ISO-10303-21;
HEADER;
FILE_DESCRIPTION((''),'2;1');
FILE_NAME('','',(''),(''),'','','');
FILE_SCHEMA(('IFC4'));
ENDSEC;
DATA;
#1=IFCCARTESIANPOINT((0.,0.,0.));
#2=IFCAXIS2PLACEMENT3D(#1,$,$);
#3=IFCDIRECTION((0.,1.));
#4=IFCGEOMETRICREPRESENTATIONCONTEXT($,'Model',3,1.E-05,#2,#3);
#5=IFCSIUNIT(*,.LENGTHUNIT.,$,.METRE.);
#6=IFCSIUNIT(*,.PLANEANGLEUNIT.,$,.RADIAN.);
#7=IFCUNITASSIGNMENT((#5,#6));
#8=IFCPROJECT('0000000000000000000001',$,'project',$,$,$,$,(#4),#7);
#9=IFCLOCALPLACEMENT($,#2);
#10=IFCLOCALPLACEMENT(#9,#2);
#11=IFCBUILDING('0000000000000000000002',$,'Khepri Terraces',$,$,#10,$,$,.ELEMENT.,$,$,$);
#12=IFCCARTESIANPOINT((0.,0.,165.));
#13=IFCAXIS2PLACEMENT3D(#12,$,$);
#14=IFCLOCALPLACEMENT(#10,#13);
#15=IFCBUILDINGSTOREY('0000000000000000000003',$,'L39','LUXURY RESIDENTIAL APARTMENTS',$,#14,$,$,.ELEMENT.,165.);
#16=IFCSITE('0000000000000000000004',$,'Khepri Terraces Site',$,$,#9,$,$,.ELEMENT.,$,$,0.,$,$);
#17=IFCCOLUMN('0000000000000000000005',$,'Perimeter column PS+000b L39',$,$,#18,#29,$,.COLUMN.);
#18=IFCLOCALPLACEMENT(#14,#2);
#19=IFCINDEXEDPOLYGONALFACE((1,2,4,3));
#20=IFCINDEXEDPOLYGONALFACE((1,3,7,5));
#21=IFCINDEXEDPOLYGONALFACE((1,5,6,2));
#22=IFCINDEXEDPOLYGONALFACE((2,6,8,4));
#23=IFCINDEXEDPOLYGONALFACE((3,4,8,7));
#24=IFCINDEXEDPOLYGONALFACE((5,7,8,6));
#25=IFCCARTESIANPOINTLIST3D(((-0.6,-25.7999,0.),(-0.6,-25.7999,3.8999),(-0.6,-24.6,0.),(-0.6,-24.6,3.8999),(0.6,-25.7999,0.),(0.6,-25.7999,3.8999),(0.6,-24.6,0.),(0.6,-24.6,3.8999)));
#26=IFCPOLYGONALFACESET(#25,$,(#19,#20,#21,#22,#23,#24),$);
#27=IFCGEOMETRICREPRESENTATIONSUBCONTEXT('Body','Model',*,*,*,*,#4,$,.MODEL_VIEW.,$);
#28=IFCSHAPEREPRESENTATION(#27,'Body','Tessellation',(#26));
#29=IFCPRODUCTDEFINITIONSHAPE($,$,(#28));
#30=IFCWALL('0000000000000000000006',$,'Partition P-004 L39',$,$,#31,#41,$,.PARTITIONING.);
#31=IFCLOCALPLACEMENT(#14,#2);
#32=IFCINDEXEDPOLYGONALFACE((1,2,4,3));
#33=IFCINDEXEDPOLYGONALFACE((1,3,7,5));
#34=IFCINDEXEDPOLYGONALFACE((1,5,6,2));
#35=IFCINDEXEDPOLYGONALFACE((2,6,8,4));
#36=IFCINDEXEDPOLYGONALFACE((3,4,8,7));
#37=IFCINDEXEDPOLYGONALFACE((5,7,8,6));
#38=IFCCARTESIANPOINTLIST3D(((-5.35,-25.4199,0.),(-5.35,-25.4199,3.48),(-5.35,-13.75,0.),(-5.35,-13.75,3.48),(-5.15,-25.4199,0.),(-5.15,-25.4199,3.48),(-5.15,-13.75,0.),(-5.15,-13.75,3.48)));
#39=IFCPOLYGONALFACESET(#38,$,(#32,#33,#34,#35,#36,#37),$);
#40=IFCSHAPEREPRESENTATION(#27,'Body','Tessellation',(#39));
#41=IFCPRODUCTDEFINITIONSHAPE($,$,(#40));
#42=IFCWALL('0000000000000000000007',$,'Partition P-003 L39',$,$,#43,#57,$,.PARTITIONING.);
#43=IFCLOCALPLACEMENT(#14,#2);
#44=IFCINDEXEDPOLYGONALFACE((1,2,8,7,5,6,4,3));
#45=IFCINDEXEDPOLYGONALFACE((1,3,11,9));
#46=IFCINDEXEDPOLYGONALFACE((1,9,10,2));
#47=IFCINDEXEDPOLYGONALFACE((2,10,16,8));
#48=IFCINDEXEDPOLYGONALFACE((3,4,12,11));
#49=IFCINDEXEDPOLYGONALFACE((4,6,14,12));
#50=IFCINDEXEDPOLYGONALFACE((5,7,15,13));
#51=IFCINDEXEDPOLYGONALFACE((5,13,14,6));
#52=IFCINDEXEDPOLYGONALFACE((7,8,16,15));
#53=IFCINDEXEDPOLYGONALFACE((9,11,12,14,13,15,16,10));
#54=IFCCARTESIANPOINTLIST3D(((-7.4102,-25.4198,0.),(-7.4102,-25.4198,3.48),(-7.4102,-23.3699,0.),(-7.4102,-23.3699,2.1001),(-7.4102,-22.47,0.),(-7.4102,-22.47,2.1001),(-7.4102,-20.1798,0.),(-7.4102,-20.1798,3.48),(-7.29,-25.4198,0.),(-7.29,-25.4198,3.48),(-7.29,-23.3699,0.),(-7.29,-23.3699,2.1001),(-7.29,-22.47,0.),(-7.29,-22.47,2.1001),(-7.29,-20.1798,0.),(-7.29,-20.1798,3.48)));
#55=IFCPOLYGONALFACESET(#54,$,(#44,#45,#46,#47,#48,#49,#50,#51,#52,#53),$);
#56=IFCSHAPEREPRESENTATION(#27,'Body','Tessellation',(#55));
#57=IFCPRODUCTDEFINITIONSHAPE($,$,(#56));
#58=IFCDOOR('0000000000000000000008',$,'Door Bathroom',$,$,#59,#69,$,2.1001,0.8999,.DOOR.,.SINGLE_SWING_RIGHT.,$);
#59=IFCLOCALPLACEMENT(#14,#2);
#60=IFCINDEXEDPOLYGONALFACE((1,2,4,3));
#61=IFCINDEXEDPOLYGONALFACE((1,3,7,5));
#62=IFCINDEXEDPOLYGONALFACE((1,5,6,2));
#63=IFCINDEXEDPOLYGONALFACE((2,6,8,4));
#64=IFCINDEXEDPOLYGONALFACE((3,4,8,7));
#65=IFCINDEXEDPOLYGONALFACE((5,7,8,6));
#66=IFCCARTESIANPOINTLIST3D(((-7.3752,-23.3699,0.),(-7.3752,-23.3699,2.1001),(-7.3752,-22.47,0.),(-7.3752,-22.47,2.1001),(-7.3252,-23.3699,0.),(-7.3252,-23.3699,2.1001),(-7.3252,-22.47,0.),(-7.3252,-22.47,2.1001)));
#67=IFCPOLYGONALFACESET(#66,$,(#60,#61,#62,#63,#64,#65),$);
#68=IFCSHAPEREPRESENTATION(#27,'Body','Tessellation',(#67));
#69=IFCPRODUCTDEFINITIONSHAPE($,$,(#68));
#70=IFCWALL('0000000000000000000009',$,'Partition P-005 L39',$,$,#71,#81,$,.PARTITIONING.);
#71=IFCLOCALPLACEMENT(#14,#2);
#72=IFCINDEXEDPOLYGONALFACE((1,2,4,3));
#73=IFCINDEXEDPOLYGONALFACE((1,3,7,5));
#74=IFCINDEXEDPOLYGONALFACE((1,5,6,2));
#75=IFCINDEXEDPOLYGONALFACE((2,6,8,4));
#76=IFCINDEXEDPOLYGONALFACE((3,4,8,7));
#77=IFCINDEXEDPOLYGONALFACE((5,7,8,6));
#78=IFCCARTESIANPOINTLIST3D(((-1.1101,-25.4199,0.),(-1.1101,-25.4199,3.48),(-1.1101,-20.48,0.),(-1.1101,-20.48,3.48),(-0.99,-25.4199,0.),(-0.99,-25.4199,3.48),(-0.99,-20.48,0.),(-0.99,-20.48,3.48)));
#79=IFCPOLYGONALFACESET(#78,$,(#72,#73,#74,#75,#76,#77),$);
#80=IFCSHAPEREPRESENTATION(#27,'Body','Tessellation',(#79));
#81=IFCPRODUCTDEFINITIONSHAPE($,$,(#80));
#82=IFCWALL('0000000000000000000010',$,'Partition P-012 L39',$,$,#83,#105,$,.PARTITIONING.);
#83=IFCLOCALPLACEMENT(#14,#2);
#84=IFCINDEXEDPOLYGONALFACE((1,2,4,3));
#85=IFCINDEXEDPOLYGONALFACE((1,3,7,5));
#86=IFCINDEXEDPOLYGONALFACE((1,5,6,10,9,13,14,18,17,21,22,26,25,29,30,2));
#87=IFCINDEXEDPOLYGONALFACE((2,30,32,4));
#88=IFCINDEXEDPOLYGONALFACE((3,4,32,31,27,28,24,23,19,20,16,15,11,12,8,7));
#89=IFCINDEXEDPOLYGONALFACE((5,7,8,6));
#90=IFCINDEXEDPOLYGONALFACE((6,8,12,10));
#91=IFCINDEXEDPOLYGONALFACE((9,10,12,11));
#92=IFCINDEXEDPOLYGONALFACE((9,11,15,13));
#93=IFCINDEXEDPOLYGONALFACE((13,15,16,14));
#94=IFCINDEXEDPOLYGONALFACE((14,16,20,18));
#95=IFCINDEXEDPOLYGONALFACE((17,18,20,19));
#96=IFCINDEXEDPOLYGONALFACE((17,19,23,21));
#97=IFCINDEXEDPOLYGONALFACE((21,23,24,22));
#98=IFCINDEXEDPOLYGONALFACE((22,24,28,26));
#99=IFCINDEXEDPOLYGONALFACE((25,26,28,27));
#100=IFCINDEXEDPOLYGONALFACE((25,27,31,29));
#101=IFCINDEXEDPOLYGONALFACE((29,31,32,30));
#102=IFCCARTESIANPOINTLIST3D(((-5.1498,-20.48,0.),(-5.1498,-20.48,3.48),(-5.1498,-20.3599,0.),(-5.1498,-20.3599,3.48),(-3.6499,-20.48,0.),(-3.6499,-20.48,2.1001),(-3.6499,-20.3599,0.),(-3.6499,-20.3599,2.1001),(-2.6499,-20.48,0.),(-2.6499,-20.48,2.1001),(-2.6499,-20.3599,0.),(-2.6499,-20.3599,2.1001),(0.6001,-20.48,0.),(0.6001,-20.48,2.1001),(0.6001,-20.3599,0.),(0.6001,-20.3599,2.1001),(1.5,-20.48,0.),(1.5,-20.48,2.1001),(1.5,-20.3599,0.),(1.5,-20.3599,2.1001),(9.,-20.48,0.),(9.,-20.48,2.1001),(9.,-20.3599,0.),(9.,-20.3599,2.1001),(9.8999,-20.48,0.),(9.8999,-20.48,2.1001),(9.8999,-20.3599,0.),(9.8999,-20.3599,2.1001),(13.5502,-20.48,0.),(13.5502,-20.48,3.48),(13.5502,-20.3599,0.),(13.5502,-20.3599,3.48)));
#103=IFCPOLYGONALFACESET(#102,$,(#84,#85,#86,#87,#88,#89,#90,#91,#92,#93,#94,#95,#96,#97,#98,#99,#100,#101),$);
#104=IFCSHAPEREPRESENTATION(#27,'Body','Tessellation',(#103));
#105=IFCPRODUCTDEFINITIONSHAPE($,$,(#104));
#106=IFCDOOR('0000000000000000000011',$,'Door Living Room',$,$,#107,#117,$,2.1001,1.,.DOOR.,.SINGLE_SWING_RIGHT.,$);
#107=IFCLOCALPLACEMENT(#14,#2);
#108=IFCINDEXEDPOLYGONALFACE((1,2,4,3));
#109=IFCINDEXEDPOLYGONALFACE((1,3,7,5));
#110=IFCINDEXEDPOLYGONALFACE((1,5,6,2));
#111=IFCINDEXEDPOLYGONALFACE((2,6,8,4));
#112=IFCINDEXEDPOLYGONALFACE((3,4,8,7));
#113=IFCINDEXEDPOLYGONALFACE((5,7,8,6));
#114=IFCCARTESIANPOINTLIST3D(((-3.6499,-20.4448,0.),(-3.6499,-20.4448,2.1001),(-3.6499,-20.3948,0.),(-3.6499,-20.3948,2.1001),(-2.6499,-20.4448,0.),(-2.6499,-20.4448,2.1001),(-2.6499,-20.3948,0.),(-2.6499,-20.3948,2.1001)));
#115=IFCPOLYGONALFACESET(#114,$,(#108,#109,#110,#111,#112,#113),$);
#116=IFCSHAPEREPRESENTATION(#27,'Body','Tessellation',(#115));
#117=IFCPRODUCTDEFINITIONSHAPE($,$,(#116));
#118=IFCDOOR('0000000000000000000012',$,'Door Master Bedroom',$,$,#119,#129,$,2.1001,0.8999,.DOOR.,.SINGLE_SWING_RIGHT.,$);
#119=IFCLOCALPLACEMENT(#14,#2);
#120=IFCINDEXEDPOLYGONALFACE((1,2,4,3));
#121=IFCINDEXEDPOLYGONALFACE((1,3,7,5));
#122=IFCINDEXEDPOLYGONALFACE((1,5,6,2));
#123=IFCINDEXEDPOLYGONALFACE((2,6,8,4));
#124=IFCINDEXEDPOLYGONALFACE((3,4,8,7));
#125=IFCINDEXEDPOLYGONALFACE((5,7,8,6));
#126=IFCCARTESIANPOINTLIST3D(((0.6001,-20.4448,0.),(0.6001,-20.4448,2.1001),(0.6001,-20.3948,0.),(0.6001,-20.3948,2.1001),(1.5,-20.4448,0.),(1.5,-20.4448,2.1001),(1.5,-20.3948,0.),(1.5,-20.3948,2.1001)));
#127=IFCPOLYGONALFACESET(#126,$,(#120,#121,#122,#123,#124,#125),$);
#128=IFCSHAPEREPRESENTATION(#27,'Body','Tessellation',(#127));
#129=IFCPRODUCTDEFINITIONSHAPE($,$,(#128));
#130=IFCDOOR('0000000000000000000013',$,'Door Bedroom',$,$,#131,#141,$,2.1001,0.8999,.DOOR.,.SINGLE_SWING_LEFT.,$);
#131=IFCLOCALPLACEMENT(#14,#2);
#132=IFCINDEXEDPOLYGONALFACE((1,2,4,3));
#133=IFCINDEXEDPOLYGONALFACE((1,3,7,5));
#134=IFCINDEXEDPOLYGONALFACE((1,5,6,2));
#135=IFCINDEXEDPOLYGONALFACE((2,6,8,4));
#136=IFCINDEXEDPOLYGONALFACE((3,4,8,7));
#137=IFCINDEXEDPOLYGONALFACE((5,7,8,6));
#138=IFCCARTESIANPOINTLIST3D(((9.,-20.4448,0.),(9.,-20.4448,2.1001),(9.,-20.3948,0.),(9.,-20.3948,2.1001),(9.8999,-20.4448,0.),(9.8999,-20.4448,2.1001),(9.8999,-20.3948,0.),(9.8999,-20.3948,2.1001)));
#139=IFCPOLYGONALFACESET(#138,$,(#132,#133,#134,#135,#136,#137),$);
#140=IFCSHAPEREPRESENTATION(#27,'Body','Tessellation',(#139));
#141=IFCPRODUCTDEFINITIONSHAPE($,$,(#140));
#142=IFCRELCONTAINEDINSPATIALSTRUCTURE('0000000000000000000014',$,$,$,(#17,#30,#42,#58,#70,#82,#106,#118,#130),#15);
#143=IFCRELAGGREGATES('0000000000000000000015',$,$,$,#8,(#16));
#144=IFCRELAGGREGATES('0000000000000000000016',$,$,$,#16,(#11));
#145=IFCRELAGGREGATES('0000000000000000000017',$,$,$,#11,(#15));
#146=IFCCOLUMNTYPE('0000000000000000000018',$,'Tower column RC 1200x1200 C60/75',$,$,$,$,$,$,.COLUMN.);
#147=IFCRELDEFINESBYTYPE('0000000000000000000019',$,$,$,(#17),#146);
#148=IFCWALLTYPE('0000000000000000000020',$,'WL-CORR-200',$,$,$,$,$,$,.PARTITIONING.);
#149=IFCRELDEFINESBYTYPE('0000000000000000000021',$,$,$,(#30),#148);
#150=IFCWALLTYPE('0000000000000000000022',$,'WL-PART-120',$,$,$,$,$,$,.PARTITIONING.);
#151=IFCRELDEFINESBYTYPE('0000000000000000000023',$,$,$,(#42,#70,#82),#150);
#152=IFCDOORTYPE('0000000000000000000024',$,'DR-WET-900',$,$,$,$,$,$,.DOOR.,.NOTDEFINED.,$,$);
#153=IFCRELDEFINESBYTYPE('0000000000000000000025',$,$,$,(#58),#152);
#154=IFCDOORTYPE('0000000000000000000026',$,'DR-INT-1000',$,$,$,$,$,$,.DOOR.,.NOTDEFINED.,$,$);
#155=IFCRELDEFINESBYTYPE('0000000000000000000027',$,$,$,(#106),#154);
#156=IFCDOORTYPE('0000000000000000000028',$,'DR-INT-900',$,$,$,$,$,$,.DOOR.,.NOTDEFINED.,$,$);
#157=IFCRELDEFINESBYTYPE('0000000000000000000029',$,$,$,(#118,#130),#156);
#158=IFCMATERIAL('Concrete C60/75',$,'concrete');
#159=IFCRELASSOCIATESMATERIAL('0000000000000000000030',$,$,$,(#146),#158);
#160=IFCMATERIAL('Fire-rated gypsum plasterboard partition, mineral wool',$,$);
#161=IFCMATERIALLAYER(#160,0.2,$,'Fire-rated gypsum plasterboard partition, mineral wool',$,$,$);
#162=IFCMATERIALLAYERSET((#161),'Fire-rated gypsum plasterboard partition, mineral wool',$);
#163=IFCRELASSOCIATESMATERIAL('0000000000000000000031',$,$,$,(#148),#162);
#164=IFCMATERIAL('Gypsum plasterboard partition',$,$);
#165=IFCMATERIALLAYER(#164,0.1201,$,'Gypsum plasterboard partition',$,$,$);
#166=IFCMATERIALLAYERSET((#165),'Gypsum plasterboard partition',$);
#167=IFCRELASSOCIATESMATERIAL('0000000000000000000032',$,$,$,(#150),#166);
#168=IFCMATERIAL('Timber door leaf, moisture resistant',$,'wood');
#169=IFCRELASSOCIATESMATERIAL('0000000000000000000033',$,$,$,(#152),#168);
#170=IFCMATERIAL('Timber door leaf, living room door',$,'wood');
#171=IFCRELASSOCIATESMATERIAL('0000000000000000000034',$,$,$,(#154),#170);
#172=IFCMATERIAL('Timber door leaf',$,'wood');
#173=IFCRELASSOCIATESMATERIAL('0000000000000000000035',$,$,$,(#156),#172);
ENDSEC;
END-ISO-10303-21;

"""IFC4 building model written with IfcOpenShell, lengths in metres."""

from ifc_helpers import new_model, si_unit, direction, frame, frame_2d, origin, origin_2d, place, context, subcontext, project, spatial, rectangle, extrude, material, layer, layer_set, material_profile, profile_set, type_object, element, fill, save


model = new_model("IFC4")

# Units and contexts
model_context = context("Model", 3, precision=1e-05, world=origin(), true_north=direction((0.0, 1.0)))
body_context = subcontext(model_context, "Body", "Model", "MODEL_VIEW")
ifc_project = project(units=[si_unit("LENGTHUNIT", "METRE"), si_unit("PLANEANGLEUNIT", "RADIAN")], contexts=[model_context])

# Site, building, storey
site_placement = place(None, origin())
site = spatial("IfcSite", under=ifc_project, at=site_placement, Name="Khepri Terraces Site", CompositionType="ELEMENT", RefElevation=0.0)
building_placement = place(site_placement, origin())
building = spatial("IfcBuilding", under=site, at=building_placement, Name="Khepri Terraces", CompositionType="ELEMENT")
storey_placement = place(building_placement, frame((0.0, 0.0, 165.0)))
storey = spatial("IfcBuildingStorey", under=building, at=storey_placement, Name="L39", Description="LUXURY RESIDENTIAL APARTMENTS", CompositionType="ELEMENT", Elevation=165.0)

# Column
ifc_material_1 = material(Name="Concrete C60/75", Category="concrete")
ifc_material_profile = material_profile(ifc_material_1, rectangle(XDim=1.2, YDim=1.2, at=origin_2d()), Name="Concrete C60/75", Category="concrete")
ifc_profile_set = profile_set([ifc_material_profile], Name="Concrete C60/75")
column_type = type_object("IfcColumnType", Name="Tower column RC 1200x1200 C60/75", PredefinedType="COLUMN", material=ifc_profile_set)
column_placement = place(storey_placement, frame((0.0, -25.2, 0.0), z_axis=(0.0, 0.0, 1.0), x_axis=(1.0, 0.0, 0.0)))
element("IfcColumn", 1, at=column_placement, inside=storey, type_object=column_type, Name="Perimeter column PS+000b L39", PredefinedType="COLUMN", context=body_context, shape_type="SweptSolid", body=[
    extrude(rectangle(XDim=1.2, YDim=1.2, at=origin_2d()), origin(), (0.0, 0.0, 1.0), 3.8999),
])

# Wall
ifc_material_2 = material(Name="Fire-rated gypsum plasterboard partition, mineral wool")
ifc_layer_1 = layer(ifc_material_2, 0.2, Name="Fire-rated gypsum plasterboard partition, mineral wool")
ifc_layer_set_1 = layer_set([ifc_layer_1], Name="Fire-rated gypsum plasterboard partition, mineral wool")
wall_type_1 = type_object("IfcWallType", Name="WL-CORR-200", PredefinedType="PARTITIONING", material=ifc_layer_set_1)
wall_1_placement = place(storey_placement, frame((-5.25, -25.4199, 0.0), z_axis=(0.0, 0.0, 1.0), x_axis=(0.0, 1.0, 0.0)))
element("IfcWall", 2, at=wall_1_placement, inside=storey, type_object=wall_type_1, Name="Partition P-004 L39", PredefinedType="PARTITIONING", context=body_context, shape_type="SweptSolid", body=[
    extrude(rectangle(XDim=11.6699, YDim=0.2, at=frame_2d((5.835, 0.0))), origin(), (0.0, 0.0, 1.0), 3.48),
])

# Wall, opening, door
ifc_material_3 = material(Name="Gypsum plasterboard partition")
ifc_layer_2 = layer(ifc_material_3, 0.1201, Name="Gypsum plasterboard partition")
ifc_layer_set_2 = layer_set([ifc_layer_2], Name="Gypsum plasterboard partition")
wall_type_2 = type_object("IfcWallType", Name="WL-PART-120", PredefinedType="PARTITIONING", material=ifc_layer_set_2)
wall_2_placement = place(storey_placement, frame((-7.3501, -25.4199, 0.0), z_axis=(0.0, 0.0, 1.0), x_axis=(0.0, 1.0, 0.0)))
wall_2 = element("IfcWall", 3, at=wall_2_placement, inside=storey, type_object=wall_type_2, Name="Partition P-003 L39", PredefinedType="PARTITIONING", context=body_context, shape_type="SweptSolid", body=[
    extrude(rectangle(XDim=5.24, YDim=0.1201, at=frame_2d((2.6201, 0.0))), origin(), (0.0, 0.0, 1.0), 3.48),
])
opening_1_placement = place(wall_2_placement, frame((2.05, 0.0, 0.0)))
opening_1 = element("IfcOpeningElement", 4, at=opening_1_placement, cuts=wall_2, PredefinedType="OPENING", context=body_context, shape_type="SweptSolid", body=[
    extrude(rectangle(XDim=0.8999, YDim=2.1001, at=frame_2d((0.45, 1.05))), frame((0.0, 0.0701, 0.0), z_axis=(0.0, -1.0, 0.0), x_axis=(1.0, 0.0, 0.0)), (0.0, 0.0, 1.0), 0.1401),
])
ifc_material_4 = material(Name="Timber door leaf, moisture resistant", Category="wood")
door_type_1 = type_object("IfcDoorType", Name="DR-WET-900", OperationType="NOTDEFINED", PredefinedType="DOOR", material=ifc_material_4)
door_1_placement = place(opening_1_placement, frame((0.8999, 0.0, 0.0), z_axis=(0.0, 0.0, 1.0), x_axis=(-1.0, 0.0, 0.0)))
door_1 = element("IfcDoor", 5, at=door_1_placement, inside=storey, type_object=door_type_1, Name="Door Bathroom", OperationType="SINGLE_SWING_RIGHT", OverallHeight=2.1001, OverallWidth=0.8999, PredefinedType="DOOR", context=body_context, shape_type="SweptSolid", body=[
    extrude(rectangle(XDim=0.8999, YDim=2.1001, at=frame_2d((0.45, 1.05))), frame((0.0, 0.0249, 0.0), z_axis=(0.0, -1.0, 0.0), x_axis=(1.0, 0.0, 0.0)), (0.0, 0.0, 1.0), 0.05),
])
fill(opening_1, door_1)

# Wall
wall_3_placement = place(storey_placement, frame((-1.05, -25.4199, 0.0), z_axis=(0.0, 0.0, 1.0), x_axis=(0.0, 1.0, 0.0)))
element("IfcWall", 6, at=wall_3_placement, inside=storey, type_object=wall_type_2, Name="Partition P-005 L39", PredefinedType="PARTITIONING", context=body_context, shape_type="SweptSolid", body=[
    extrude(rectangle(XDim=4.9399, YDim=0.1201, at=frame_2d((2.47, 0.0))), origin(), (0.0, 0.0, 1.0), 3.48),
])

# Wall, openings, doors
wall_4_placement = place(storey_placement, frame((-5.1499, -20.4199, 0.0), z_axis=(0.0, 0.0, 1.0), x_axis=(1.0, 0.0, 0.0)))
wall_4 = element("IfcWall", 7, at=wall_4_placement, inside=storey, type_object=wall_type_2, Name="Partition P-012 L39", PredefinedType="PARTITIONING", context=body_context, shape_type="SweptSolid", body=[
    extrude(rectangle(XDim=18.7, YDim=0.1201, at=frame_2d((9.3501, 0.0))), origin(), (0.0, 0.0, 1.0), 3.48),
])
opening_2_placement = place(wall_4_placement, frame((1.5, 0.0, 0.0)))
opening_2 = element("IfcOpeningElement", 8, at=opening_2_placement, cuts=wall_4, PredefinedType="OPENING", context=body_context, shape_type="SweptSolid", body=[
    extrude(rectangle(XDim=1.0, YDim=2.1001, at=frame_2d((0.5, 1.05))), frame((0.0, 0.0701, 0.0), z_axis=(0.0, -1.0, 0.0), x_axis=(1.0, 0.0, 0.0)), (0.0, 0.0, 1.0), 0.1401),
])
opening_3_placement = place(wall_4_placement, frame((5.75, 0.0, 0.0)))
opening_3 = element("IfcOpeningElement", 9, at=opening_3_placement, cuts=wall_4, PredefinedType="OPENING", context=body_context, shape_type="SweptSolid", body=[
    extrude(rectangle(XDim=0.8999, YDim=2.1001, at=frame_2d((0.45, 1.05))), frame((0.0, 0.0701, 0.0), z_axis=(0.0, -1.0, 0.0), x_axis=(1.0, 0.0, 0.0)), (0.0, 0.0, 1.0), 0.1401),
])
opening_4_placement = place(wall_4_placement, frame((14.1499, 0.0, 0.0)))
opening_4 = element("IfcOpeningElement", 10, at=opening_4_placement, cuts=wall_4, PredefinedType="OPENING", context=body_context, shape_type="SweptSolid", body=[
    extrude(rectangle(XDim=0.8999, YDim=2.1001, at=frame_2d((0.45, 1.05))), frame((0.0, 0.0701, 0.0), z_axis=(0.0, -1.0, 0.0), x_axis=(1.0, 0.0, 0.0)), (0.0, 0.0, 1.0), 0.1401),
])
ifc_material_5 = material(Name="Timber door leaf, living room door", Category="wood")
door_type_2 = type_object("IfcDoorType", Name="DR-INT-1000", OperationType="NOTDEFINED", PredefinedType="DOOR", material=ifc_material_5)
door_2_placement = place(opening_2_placement, frame((1.0, 0.0, 0.0), z_axis=(0.0, 0.0, 1.0), x_axis=(-1.0, 0.0, 0.0)))
door_2 = element("IfcDoor", 11, at=door_2_placement, inside=storey, type_object=door_type_2, Name="Door Living Room", OperationType="SINGLE_SWING_RIGHT", OverallHeight=2.1001, OverallWidth=1.0, PredefinedType="DOOR", context=body_context, shape_type="SweptSolid", body=[
    extrude(rectangle(XDim=1.0, YDim=2.1001, at=frame_2d((0.5, 1.05))), frame((0.0, 0.0249, 0.0), z_axis=(0.0, -1.0, 0.0), x_axis=(1.0, 0.0, 0.0)), (0.0, 0.0, 1.0), 0.05),
])
fill(opening_2, door_2)
ifc_material_6 = material(Name="Timber door leaf", Category="wood")
door_type_3 = type_object("IfcDoorType", Name="DR-INT-900", OperationType="NOTDEFINED", PredefinedType="DOOR", material=ifc_material_6)
door_3_placement = place(opening_3_placement, frame((0.8999, 0.0, 0.0), z_axis=(0.0, 0.0, 1.0), x_axis=(-1.0, 0.0, 0.0)))
door_3 = element("IfcDoor", 12, at=door_3_placement, inside=storey, type_object=door_type_3, Name="Door Master Bedroom", OperationType="SINGLE_SWING_RIGHT", OverallHeight=2.1001, OverallWidth=0.8999, PredefinedType="DOOR", context=body_context, shape_type="SweptSolid", body=[
    extrude(rectangle(XDim=0.8999, YDim=2.1001, at=frame_2d((0.45, 1.05))), frame((0.0, 0.0249, 0.0), z_axis=(0.0, -1.0, 0.0), x_axis=(1.0, 0.0, 0.0)), (0.0, 0.0, 1.0), 0.05),
])
fill(opening_3, door_3)
door_4_placement = place(opening_4_placement, frame((0.8999, 0.0, 0.0), z_axis=(0.0, 0.0, 1.0), x_axis=(-1.0, 0.0, 0.0)))
door_4 = element("IfcDoor", 13, at=door_4_placement, inside=storey, type_object=door_type_3, Name="Door Bedroom", OperationType="SINGLE_SWING_LEFT", OverallHeight=2.1001, OverallWidth=0.8999, PredefinedType="DOOR", context=body_context, shape_type="SweptSolid", body=[
    extrude(rectangle(XDim=0.8999, YDim=2.1001, at=frame_2d((0.45, 1.05))), frame((0.0, 0.0249, 0.0), z_axis=(0.0, -1.0, 0.0), x_axis=(1.0, 0.0, 0.0)), (0.0, 0.0, 1.0), 0.05),
])
fill(opening_4, door_4)

save(model, "model.ifc")
